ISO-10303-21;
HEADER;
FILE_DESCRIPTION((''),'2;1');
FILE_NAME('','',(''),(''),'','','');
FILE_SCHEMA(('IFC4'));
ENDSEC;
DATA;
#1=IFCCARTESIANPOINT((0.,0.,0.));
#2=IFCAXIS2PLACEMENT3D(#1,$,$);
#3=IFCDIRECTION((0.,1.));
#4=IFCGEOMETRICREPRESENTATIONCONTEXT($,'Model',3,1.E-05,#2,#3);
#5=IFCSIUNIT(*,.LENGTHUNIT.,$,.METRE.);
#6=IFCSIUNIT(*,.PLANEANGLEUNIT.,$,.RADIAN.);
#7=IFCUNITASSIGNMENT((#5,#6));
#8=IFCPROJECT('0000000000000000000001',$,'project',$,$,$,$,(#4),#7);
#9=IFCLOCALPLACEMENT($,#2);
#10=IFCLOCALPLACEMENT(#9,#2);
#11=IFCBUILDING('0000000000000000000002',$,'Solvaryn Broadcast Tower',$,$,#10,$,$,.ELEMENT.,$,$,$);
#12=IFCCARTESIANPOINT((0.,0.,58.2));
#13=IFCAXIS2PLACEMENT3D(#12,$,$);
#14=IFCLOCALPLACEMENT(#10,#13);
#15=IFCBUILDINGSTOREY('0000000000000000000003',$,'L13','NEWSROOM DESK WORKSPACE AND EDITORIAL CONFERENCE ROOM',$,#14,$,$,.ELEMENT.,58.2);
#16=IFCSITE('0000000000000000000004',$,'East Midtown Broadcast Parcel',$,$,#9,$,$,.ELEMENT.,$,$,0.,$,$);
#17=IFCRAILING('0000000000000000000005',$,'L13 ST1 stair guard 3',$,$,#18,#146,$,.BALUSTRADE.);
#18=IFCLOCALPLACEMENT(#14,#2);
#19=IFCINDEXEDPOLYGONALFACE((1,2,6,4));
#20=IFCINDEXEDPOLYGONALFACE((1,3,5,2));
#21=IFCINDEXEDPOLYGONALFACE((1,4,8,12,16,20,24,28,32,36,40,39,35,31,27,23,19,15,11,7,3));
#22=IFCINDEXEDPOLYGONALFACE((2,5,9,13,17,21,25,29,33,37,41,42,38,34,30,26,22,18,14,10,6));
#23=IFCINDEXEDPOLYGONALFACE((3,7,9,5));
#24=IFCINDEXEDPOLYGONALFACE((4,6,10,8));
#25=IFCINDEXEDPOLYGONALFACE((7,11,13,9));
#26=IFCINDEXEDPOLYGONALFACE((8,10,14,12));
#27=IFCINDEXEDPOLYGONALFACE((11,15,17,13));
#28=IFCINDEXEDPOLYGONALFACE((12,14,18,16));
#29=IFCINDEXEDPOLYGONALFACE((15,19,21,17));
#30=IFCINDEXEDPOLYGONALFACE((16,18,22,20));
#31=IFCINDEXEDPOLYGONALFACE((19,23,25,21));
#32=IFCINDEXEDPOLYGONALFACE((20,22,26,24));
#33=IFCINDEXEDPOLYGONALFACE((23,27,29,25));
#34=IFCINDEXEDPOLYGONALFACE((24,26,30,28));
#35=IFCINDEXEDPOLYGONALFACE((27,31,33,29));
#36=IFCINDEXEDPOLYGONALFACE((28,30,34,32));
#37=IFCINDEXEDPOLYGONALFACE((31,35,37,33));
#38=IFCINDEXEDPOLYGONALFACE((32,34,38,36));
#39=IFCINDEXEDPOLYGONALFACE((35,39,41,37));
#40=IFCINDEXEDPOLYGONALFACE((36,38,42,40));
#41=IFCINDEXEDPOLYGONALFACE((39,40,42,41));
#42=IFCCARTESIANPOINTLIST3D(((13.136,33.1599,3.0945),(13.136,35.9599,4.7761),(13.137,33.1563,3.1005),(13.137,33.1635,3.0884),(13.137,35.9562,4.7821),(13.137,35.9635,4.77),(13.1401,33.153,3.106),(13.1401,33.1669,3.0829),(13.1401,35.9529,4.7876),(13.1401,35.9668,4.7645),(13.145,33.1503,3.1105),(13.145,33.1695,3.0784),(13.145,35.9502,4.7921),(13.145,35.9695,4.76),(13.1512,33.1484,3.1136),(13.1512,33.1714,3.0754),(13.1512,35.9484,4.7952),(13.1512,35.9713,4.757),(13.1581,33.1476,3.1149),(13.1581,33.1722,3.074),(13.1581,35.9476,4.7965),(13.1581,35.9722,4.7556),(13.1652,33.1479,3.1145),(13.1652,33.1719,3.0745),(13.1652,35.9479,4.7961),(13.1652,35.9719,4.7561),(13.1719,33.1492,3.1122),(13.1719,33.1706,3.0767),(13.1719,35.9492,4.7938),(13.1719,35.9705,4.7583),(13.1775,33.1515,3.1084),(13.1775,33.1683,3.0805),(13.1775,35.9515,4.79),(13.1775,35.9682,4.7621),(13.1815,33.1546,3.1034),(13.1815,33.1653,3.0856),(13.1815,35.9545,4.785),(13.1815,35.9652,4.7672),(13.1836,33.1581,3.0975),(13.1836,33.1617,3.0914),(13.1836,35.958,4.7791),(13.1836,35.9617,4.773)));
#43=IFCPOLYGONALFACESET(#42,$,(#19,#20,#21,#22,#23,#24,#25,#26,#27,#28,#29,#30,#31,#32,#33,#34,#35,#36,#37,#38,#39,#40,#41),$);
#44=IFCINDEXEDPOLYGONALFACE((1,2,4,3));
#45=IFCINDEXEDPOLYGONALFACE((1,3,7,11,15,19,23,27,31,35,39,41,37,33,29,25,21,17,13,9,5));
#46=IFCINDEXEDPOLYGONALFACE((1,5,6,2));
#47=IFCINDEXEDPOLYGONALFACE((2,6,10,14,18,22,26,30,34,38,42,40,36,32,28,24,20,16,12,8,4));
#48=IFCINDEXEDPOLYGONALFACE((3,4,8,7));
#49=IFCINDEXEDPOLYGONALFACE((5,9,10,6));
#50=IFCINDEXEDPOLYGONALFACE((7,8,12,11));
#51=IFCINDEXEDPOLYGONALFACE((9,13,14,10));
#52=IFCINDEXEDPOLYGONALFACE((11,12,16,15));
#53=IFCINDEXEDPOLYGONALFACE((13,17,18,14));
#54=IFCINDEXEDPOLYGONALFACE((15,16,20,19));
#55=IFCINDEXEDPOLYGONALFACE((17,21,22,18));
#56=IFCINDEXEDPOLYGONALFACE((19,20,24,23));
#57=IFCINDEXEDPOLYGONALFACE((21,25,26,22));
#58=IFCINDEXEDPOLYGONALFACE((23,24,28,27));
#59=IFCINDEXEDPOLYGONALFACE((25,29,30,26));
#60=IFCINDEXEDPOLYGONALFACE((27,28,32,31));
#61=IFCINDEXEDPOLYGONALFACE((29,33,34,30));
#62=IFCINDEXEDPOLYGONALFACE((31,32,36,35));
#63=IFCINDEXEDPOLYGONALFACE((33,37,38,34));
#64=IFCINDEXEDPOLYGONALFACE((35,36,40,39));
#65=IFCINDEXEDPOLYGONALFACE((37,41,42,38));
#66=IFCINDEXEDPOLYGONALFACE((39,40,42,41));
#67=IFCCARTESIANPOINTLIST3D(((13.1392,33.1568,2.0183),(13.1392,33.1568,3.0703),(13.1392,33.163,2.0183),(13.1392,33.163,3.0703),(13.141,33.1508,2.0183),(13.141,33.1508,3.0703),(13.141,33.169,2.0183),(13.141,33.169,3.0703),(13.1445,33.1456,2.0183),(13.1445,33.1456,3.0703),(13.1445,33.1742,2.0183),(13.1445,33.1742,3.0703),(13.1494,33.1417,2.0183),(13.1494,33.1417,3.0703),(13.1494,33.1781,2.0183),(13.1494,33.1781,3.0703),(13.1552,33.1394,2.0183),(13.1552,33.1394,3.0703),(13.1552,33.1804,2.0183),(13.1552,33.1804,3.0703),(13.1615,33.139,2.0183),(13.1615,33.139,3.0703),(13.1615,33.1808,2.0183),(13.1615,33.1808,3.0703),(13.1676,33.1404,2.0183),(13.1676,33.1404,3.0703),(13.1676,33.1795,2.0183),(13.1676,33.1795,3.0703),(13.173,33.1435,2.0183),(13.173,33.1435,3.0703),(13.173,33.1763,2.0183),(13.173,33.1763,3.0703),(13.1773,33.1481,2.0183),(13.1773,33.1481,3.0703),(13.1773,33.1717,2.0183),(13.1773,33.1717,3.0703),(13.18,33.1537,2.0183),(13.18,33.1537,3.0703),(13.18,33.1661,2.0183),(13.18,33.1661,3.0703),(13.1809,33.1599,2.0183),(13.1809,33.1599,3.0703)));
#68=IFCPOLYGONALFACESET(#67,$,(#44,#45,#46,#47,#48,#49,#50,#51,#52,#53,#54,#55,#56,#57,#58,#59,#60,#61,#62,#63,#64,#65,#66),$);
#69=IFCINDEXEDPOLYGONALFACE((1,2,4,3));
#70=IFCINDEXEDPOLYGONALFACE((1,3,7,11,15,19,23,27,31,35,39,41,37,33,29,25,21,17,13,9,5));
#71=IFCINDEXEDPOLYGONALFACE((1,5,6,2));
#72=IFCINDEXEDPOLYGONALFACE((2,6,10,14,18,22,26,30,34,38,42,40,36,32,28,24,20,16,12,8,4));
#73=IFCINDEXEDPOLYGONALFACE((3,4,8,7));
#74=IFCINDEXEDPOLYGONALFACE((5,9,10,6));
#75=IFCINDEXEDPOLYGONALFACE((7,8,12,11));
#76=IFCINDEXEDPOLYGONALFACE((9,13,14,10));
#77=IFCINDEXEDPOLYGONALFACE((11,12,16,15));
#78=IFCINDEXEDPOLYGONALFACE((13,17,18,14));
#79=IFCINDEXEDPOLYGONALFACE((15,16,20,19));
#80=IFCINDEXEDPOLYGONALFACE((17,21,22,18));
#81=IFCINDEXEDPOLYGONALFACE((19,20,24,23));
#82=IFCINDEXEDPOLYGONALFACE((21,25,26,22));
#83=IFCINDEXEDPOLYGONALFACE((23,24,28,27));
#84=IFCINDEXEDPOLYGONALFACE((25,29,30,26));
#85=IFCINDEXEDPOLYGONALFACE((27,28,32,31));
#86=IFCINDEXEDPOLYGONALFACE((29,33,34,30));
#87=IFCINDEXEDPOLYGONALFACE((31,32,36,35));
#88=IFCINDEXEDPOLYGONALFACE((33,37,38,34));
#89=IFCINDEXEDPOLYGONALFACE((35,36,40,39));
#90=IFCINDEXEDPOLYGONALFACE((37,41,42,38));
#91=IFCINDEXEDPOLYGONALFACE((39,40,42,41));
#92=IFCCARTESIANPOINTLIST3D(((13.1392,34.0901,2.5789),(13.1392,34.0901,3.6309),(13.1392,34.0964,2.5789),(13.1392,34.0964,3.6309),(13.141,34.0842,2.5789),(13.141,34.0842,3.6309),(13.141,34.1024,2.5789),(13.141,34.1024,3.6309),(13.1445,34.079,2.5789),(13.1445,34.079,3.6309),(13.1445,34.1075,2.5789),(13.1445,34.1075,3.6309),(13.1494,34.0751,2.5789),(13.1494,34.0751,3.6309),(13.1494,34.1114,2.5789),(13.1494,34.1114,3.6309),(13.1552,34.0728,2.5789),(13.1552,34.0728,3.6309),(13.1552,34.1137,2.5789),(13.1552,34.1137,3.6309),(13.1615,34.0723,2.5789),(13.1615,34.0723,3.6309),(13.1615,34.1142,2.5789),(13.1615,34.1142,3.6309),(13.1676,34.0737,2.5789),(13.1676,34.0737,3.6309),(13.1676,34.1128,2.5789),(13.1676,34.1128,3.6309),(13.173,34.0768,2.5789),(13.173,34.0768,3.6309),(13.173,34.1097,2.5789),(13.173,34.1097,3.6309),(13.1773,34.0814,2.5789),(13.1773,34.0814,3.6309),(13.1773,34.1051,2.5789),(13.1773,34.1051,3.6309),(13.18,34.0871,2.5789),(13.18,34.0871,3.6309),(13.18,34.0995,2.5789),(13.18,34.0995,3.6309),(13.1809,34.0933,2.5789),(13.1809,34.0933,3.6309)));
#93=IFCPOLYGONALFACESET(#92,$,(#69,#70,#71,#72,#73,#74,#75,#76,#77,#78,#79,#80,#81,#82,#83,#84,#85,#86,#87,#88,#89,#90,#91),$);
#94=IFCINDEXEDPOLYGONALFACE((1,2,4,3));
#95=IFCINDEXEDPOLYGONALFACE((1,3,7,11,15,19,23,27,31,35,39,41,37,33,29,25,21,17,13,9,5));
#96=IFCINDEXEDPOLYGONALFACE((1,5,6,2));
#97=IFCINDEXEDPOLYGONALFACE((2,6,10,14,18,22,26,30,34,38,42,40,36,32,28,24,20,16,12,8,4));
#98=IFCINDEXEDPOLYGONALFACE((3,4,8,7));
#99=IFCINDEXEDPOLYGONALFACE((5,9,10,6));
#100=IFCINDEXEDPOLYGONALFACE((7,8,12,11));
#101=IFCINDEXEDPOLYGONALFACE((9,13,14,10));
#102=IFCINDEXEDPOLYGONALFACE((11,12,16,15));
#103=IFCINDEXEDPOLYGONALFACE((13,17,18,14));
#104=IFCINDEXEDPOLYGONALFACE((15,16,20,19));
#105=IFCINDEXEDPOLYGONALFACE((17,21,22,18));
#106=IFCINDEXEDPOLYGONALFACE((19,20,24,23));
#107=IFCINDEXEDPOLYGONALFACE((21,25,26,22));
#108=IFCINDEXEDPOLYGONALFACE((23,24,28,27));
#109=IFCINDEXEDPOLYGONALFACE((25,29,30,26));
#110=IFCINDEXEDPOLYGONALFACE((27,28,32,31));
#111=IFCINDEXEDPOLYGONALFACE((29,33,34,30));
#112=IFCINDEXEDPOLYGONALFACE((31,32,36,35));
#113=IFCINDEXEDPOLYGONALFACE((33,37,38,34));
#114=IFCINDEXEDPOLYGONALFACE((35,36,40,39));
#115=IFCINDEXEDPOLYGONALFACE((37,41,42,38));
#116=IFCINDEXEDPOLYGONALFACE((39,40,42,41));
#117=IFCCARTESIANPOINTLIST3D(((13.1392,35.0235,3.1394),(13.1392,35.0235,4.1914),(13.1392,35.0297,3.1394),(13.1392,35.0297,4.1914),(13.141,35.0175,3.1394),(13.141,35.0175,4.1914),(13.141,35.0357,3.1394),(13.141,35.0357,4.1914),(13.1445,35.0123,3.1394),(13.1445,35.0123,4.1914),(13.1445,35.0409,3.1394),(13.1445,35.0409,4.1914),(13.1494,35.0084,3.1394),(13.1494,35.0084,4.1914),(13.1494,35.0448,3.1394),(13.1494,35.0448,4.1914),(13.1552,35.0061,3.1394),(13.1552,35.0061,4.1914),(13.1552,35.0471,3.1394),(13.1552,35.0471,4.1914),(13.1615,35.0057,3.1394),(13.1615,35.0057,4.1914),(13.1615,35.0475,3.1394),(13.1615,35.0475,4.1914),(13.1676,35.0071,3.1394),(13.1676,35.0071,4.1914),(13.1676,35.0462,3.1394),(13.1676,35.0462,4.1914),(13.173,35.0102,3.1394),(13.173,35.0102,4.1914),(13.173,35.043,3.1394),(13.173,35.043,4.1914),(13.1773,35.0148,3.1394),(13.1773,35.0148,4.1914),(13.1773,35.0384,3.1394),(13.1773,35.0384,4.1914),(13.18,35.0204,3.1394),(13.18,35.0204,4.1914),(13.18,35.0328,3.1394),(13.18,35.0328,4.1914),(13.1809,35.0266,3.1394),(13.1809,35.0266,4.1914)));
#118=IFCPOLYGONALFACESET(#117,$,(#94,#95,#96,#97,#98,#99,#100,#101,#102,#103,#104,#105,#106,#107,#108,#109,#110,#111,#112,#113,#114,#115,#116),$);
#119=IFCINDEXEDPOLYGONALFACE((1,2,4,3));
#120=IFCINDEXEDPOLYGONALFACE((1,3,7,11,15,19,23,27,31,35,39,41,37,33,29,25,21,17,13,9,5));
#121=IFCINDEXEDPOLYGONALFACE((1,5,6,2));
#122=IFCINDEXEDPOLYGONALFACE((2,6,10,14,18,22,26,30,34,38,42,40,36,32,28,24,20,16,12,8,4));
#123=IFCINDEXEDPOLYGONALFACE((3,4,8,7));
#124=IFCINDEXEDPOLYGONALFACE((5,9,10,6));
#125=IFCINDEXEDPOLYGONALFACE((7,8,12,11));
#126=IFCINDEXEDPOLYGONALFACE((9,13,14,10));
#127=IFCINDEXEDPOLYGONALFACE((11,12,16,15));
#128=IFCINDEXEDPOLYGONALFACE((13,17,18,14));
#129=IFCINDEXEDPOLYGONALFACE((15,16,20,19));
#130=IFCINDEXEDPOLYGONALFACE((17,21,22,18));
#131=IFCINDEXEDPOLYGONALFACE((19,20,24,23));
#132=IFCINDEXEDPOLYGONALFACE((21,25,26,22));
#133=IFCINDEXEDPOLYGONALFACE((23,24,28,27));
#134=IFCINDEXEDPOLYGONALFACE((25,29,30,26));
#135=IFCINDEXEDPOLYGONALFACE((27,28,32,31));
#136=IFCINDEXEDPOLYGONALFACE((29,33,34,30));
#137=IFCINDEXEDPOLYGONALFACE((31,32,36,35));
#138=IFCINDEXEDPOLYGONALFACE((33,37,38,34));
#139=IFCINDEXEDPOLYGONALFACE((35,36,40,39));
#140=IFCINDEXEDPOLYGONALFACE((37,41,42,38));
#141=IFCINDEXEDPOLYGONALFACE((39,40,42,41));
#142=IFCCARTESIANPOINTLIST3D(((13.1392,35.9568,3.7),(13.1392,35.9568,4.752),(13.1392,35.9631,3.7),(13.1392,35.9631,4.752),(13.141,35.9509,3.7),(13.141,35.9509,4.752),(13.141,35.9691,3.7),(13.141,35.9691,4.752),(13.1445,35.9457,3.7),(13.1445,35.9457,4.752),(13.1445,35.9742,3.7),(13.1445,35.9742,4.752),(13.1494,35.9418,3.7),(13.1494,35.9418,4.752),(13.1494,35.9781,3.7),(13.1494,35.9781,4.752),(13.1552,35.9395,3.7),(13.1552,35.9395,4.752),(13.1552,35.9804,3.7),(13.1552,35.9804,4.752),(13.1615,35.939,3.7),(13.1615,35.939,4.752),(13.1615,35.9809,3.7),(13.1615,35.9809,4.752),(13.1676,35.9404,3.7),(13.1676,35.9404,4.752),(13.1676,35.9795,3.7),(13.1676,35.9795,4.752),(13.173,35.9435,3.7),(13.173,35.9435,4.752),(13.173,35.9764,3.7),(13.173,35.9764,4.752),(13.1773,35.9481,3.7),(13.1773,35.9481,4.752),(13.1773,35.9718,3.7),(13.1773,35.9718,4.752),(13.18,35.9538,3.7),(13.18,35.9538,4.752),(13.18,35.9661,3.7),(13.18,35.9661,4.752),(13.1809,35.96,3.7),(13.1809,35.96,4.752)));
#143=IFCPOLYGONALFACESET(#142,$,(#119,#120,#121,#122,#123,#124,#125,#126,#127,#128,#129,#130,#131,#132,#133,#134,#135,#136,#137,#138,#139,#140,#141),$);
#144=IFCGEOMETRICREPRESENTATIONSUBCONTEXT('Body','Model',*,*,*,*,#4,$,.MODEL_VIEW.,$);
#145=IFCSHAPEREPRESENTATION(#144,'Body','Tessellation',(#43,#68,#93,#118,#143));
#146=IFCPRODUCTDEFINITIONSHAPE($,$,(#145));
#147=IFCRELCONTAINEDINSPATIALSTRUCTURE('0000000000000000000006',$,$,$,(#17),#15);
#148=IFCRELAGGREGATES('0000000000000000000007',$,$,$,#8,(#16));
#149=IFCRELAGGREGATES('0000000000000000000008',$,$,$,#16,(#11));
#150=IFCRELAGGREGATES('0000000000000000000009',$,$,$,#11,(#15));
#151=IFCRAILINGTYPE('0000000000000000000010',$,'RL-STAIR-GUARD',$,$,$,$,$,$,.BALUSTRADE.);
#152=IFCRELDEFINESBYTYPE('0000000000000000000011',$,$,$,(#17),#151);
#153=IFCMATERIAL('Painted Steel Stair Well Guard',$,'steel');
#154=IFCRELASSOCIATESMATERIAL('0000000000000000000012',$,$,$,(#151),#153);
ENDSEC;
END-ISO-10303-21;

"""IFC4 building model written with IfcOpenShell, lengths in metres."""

from ifc_helpers import new_model, si_unit, direction, frame, origin, origin_2d, place, context, subcontext, project, spatial, circle, extrude, material, type_object, element, save


model = new_model("IFC4")

# Units and contexts
model_context = context("Model", 3, precision=1e-05, world=origin(), true_north=direction((0.0, 1.0)))
body_context = subcontext(model_context, "Body", "Model", "MODEL_VIEW")
ifc_project = project(units=[si_unit("LENGTHUNIT", "METRE"), si_unit("PLANEANGLEUNIT", "RADIAN")], contexts=[model_context])

# Site, building, storey
site_placement = place(None, origin())
site = spatial("IfcSite", under=ifc_project, at=site_placement, Name="East Midtown Broadcast Parcel", CompositionType="ELEMENT", RefElevation=0.0)
building_placement = place(site_placement, origin())
building = spatial("IfcBuilding", under=site, at=building_placement, Name="Solvaryn Broadcast Tower", CompositionType="ELEMENT")
storey_placement = place(building_placement, frame((0.0, 0.0, 58.2)))
storey = spatial("IfcBuildingStorey", under=building, at=storey_placement, Name="L13", Description="NEWSROOM DESK WORKSPACE AND EDITORIAL CONFERENCE ROOM", CompositionType="ELEMENT", Elevation=58.2)

# Railing
ifc_material_1 = material(Name="Painted Steel Stair Well Guard", Category="steel")
railing_type_1 = type_object("IfcRailingType", Name="RL-STAIR-GUARD", PredefinedType="BALUSTRADE", material=ifc_material_1)
railing_1_placement = place(storey_placement, frame((13.1599, 33.1599, 2.0183)))
element("IfcRailing", 1, at=railing_1_placement, inside=storey, type_object=railing_type_1, Name="L13 ST1 stair guard 3", PredefinedType="BALUSTRADE", context=body_context, shape_type="SweptSolid", body=[
    extrude(circle(Radius=0.0239, at=origin_2d()), frame((0.0, 0.0, 1.0762), z_axis=(0.0, 0.857275, 0.514858), x_axis=(-1.0, 0.0, 0.0)), (0.0, 0.0, 1.0), 3.2661),
    extrude(circle(Radius=0.021, at=origin_2d()), origin(), (0.0, 0.0, 1.0), 1.052),
    extrude(circle(Radius=0.021, at=origin_2d()), frame((0.0, 0.9333, 0.5605)), (0.0, 0.0, 1.0), 1.052),
    extrude(circle(Radius=0.021, at=origin_2d()), frame((0.0, 1.8667, 1.1211)), (0.0, 0.0, 1.0), 1.052),
    extrude(circle(Radius=0.021, at=origin_2d()), frame((0.0, 2.8, 1.6816)), (0.0, 0.0, 1.0), 1.052),
])

save(model, "model.ifc")
